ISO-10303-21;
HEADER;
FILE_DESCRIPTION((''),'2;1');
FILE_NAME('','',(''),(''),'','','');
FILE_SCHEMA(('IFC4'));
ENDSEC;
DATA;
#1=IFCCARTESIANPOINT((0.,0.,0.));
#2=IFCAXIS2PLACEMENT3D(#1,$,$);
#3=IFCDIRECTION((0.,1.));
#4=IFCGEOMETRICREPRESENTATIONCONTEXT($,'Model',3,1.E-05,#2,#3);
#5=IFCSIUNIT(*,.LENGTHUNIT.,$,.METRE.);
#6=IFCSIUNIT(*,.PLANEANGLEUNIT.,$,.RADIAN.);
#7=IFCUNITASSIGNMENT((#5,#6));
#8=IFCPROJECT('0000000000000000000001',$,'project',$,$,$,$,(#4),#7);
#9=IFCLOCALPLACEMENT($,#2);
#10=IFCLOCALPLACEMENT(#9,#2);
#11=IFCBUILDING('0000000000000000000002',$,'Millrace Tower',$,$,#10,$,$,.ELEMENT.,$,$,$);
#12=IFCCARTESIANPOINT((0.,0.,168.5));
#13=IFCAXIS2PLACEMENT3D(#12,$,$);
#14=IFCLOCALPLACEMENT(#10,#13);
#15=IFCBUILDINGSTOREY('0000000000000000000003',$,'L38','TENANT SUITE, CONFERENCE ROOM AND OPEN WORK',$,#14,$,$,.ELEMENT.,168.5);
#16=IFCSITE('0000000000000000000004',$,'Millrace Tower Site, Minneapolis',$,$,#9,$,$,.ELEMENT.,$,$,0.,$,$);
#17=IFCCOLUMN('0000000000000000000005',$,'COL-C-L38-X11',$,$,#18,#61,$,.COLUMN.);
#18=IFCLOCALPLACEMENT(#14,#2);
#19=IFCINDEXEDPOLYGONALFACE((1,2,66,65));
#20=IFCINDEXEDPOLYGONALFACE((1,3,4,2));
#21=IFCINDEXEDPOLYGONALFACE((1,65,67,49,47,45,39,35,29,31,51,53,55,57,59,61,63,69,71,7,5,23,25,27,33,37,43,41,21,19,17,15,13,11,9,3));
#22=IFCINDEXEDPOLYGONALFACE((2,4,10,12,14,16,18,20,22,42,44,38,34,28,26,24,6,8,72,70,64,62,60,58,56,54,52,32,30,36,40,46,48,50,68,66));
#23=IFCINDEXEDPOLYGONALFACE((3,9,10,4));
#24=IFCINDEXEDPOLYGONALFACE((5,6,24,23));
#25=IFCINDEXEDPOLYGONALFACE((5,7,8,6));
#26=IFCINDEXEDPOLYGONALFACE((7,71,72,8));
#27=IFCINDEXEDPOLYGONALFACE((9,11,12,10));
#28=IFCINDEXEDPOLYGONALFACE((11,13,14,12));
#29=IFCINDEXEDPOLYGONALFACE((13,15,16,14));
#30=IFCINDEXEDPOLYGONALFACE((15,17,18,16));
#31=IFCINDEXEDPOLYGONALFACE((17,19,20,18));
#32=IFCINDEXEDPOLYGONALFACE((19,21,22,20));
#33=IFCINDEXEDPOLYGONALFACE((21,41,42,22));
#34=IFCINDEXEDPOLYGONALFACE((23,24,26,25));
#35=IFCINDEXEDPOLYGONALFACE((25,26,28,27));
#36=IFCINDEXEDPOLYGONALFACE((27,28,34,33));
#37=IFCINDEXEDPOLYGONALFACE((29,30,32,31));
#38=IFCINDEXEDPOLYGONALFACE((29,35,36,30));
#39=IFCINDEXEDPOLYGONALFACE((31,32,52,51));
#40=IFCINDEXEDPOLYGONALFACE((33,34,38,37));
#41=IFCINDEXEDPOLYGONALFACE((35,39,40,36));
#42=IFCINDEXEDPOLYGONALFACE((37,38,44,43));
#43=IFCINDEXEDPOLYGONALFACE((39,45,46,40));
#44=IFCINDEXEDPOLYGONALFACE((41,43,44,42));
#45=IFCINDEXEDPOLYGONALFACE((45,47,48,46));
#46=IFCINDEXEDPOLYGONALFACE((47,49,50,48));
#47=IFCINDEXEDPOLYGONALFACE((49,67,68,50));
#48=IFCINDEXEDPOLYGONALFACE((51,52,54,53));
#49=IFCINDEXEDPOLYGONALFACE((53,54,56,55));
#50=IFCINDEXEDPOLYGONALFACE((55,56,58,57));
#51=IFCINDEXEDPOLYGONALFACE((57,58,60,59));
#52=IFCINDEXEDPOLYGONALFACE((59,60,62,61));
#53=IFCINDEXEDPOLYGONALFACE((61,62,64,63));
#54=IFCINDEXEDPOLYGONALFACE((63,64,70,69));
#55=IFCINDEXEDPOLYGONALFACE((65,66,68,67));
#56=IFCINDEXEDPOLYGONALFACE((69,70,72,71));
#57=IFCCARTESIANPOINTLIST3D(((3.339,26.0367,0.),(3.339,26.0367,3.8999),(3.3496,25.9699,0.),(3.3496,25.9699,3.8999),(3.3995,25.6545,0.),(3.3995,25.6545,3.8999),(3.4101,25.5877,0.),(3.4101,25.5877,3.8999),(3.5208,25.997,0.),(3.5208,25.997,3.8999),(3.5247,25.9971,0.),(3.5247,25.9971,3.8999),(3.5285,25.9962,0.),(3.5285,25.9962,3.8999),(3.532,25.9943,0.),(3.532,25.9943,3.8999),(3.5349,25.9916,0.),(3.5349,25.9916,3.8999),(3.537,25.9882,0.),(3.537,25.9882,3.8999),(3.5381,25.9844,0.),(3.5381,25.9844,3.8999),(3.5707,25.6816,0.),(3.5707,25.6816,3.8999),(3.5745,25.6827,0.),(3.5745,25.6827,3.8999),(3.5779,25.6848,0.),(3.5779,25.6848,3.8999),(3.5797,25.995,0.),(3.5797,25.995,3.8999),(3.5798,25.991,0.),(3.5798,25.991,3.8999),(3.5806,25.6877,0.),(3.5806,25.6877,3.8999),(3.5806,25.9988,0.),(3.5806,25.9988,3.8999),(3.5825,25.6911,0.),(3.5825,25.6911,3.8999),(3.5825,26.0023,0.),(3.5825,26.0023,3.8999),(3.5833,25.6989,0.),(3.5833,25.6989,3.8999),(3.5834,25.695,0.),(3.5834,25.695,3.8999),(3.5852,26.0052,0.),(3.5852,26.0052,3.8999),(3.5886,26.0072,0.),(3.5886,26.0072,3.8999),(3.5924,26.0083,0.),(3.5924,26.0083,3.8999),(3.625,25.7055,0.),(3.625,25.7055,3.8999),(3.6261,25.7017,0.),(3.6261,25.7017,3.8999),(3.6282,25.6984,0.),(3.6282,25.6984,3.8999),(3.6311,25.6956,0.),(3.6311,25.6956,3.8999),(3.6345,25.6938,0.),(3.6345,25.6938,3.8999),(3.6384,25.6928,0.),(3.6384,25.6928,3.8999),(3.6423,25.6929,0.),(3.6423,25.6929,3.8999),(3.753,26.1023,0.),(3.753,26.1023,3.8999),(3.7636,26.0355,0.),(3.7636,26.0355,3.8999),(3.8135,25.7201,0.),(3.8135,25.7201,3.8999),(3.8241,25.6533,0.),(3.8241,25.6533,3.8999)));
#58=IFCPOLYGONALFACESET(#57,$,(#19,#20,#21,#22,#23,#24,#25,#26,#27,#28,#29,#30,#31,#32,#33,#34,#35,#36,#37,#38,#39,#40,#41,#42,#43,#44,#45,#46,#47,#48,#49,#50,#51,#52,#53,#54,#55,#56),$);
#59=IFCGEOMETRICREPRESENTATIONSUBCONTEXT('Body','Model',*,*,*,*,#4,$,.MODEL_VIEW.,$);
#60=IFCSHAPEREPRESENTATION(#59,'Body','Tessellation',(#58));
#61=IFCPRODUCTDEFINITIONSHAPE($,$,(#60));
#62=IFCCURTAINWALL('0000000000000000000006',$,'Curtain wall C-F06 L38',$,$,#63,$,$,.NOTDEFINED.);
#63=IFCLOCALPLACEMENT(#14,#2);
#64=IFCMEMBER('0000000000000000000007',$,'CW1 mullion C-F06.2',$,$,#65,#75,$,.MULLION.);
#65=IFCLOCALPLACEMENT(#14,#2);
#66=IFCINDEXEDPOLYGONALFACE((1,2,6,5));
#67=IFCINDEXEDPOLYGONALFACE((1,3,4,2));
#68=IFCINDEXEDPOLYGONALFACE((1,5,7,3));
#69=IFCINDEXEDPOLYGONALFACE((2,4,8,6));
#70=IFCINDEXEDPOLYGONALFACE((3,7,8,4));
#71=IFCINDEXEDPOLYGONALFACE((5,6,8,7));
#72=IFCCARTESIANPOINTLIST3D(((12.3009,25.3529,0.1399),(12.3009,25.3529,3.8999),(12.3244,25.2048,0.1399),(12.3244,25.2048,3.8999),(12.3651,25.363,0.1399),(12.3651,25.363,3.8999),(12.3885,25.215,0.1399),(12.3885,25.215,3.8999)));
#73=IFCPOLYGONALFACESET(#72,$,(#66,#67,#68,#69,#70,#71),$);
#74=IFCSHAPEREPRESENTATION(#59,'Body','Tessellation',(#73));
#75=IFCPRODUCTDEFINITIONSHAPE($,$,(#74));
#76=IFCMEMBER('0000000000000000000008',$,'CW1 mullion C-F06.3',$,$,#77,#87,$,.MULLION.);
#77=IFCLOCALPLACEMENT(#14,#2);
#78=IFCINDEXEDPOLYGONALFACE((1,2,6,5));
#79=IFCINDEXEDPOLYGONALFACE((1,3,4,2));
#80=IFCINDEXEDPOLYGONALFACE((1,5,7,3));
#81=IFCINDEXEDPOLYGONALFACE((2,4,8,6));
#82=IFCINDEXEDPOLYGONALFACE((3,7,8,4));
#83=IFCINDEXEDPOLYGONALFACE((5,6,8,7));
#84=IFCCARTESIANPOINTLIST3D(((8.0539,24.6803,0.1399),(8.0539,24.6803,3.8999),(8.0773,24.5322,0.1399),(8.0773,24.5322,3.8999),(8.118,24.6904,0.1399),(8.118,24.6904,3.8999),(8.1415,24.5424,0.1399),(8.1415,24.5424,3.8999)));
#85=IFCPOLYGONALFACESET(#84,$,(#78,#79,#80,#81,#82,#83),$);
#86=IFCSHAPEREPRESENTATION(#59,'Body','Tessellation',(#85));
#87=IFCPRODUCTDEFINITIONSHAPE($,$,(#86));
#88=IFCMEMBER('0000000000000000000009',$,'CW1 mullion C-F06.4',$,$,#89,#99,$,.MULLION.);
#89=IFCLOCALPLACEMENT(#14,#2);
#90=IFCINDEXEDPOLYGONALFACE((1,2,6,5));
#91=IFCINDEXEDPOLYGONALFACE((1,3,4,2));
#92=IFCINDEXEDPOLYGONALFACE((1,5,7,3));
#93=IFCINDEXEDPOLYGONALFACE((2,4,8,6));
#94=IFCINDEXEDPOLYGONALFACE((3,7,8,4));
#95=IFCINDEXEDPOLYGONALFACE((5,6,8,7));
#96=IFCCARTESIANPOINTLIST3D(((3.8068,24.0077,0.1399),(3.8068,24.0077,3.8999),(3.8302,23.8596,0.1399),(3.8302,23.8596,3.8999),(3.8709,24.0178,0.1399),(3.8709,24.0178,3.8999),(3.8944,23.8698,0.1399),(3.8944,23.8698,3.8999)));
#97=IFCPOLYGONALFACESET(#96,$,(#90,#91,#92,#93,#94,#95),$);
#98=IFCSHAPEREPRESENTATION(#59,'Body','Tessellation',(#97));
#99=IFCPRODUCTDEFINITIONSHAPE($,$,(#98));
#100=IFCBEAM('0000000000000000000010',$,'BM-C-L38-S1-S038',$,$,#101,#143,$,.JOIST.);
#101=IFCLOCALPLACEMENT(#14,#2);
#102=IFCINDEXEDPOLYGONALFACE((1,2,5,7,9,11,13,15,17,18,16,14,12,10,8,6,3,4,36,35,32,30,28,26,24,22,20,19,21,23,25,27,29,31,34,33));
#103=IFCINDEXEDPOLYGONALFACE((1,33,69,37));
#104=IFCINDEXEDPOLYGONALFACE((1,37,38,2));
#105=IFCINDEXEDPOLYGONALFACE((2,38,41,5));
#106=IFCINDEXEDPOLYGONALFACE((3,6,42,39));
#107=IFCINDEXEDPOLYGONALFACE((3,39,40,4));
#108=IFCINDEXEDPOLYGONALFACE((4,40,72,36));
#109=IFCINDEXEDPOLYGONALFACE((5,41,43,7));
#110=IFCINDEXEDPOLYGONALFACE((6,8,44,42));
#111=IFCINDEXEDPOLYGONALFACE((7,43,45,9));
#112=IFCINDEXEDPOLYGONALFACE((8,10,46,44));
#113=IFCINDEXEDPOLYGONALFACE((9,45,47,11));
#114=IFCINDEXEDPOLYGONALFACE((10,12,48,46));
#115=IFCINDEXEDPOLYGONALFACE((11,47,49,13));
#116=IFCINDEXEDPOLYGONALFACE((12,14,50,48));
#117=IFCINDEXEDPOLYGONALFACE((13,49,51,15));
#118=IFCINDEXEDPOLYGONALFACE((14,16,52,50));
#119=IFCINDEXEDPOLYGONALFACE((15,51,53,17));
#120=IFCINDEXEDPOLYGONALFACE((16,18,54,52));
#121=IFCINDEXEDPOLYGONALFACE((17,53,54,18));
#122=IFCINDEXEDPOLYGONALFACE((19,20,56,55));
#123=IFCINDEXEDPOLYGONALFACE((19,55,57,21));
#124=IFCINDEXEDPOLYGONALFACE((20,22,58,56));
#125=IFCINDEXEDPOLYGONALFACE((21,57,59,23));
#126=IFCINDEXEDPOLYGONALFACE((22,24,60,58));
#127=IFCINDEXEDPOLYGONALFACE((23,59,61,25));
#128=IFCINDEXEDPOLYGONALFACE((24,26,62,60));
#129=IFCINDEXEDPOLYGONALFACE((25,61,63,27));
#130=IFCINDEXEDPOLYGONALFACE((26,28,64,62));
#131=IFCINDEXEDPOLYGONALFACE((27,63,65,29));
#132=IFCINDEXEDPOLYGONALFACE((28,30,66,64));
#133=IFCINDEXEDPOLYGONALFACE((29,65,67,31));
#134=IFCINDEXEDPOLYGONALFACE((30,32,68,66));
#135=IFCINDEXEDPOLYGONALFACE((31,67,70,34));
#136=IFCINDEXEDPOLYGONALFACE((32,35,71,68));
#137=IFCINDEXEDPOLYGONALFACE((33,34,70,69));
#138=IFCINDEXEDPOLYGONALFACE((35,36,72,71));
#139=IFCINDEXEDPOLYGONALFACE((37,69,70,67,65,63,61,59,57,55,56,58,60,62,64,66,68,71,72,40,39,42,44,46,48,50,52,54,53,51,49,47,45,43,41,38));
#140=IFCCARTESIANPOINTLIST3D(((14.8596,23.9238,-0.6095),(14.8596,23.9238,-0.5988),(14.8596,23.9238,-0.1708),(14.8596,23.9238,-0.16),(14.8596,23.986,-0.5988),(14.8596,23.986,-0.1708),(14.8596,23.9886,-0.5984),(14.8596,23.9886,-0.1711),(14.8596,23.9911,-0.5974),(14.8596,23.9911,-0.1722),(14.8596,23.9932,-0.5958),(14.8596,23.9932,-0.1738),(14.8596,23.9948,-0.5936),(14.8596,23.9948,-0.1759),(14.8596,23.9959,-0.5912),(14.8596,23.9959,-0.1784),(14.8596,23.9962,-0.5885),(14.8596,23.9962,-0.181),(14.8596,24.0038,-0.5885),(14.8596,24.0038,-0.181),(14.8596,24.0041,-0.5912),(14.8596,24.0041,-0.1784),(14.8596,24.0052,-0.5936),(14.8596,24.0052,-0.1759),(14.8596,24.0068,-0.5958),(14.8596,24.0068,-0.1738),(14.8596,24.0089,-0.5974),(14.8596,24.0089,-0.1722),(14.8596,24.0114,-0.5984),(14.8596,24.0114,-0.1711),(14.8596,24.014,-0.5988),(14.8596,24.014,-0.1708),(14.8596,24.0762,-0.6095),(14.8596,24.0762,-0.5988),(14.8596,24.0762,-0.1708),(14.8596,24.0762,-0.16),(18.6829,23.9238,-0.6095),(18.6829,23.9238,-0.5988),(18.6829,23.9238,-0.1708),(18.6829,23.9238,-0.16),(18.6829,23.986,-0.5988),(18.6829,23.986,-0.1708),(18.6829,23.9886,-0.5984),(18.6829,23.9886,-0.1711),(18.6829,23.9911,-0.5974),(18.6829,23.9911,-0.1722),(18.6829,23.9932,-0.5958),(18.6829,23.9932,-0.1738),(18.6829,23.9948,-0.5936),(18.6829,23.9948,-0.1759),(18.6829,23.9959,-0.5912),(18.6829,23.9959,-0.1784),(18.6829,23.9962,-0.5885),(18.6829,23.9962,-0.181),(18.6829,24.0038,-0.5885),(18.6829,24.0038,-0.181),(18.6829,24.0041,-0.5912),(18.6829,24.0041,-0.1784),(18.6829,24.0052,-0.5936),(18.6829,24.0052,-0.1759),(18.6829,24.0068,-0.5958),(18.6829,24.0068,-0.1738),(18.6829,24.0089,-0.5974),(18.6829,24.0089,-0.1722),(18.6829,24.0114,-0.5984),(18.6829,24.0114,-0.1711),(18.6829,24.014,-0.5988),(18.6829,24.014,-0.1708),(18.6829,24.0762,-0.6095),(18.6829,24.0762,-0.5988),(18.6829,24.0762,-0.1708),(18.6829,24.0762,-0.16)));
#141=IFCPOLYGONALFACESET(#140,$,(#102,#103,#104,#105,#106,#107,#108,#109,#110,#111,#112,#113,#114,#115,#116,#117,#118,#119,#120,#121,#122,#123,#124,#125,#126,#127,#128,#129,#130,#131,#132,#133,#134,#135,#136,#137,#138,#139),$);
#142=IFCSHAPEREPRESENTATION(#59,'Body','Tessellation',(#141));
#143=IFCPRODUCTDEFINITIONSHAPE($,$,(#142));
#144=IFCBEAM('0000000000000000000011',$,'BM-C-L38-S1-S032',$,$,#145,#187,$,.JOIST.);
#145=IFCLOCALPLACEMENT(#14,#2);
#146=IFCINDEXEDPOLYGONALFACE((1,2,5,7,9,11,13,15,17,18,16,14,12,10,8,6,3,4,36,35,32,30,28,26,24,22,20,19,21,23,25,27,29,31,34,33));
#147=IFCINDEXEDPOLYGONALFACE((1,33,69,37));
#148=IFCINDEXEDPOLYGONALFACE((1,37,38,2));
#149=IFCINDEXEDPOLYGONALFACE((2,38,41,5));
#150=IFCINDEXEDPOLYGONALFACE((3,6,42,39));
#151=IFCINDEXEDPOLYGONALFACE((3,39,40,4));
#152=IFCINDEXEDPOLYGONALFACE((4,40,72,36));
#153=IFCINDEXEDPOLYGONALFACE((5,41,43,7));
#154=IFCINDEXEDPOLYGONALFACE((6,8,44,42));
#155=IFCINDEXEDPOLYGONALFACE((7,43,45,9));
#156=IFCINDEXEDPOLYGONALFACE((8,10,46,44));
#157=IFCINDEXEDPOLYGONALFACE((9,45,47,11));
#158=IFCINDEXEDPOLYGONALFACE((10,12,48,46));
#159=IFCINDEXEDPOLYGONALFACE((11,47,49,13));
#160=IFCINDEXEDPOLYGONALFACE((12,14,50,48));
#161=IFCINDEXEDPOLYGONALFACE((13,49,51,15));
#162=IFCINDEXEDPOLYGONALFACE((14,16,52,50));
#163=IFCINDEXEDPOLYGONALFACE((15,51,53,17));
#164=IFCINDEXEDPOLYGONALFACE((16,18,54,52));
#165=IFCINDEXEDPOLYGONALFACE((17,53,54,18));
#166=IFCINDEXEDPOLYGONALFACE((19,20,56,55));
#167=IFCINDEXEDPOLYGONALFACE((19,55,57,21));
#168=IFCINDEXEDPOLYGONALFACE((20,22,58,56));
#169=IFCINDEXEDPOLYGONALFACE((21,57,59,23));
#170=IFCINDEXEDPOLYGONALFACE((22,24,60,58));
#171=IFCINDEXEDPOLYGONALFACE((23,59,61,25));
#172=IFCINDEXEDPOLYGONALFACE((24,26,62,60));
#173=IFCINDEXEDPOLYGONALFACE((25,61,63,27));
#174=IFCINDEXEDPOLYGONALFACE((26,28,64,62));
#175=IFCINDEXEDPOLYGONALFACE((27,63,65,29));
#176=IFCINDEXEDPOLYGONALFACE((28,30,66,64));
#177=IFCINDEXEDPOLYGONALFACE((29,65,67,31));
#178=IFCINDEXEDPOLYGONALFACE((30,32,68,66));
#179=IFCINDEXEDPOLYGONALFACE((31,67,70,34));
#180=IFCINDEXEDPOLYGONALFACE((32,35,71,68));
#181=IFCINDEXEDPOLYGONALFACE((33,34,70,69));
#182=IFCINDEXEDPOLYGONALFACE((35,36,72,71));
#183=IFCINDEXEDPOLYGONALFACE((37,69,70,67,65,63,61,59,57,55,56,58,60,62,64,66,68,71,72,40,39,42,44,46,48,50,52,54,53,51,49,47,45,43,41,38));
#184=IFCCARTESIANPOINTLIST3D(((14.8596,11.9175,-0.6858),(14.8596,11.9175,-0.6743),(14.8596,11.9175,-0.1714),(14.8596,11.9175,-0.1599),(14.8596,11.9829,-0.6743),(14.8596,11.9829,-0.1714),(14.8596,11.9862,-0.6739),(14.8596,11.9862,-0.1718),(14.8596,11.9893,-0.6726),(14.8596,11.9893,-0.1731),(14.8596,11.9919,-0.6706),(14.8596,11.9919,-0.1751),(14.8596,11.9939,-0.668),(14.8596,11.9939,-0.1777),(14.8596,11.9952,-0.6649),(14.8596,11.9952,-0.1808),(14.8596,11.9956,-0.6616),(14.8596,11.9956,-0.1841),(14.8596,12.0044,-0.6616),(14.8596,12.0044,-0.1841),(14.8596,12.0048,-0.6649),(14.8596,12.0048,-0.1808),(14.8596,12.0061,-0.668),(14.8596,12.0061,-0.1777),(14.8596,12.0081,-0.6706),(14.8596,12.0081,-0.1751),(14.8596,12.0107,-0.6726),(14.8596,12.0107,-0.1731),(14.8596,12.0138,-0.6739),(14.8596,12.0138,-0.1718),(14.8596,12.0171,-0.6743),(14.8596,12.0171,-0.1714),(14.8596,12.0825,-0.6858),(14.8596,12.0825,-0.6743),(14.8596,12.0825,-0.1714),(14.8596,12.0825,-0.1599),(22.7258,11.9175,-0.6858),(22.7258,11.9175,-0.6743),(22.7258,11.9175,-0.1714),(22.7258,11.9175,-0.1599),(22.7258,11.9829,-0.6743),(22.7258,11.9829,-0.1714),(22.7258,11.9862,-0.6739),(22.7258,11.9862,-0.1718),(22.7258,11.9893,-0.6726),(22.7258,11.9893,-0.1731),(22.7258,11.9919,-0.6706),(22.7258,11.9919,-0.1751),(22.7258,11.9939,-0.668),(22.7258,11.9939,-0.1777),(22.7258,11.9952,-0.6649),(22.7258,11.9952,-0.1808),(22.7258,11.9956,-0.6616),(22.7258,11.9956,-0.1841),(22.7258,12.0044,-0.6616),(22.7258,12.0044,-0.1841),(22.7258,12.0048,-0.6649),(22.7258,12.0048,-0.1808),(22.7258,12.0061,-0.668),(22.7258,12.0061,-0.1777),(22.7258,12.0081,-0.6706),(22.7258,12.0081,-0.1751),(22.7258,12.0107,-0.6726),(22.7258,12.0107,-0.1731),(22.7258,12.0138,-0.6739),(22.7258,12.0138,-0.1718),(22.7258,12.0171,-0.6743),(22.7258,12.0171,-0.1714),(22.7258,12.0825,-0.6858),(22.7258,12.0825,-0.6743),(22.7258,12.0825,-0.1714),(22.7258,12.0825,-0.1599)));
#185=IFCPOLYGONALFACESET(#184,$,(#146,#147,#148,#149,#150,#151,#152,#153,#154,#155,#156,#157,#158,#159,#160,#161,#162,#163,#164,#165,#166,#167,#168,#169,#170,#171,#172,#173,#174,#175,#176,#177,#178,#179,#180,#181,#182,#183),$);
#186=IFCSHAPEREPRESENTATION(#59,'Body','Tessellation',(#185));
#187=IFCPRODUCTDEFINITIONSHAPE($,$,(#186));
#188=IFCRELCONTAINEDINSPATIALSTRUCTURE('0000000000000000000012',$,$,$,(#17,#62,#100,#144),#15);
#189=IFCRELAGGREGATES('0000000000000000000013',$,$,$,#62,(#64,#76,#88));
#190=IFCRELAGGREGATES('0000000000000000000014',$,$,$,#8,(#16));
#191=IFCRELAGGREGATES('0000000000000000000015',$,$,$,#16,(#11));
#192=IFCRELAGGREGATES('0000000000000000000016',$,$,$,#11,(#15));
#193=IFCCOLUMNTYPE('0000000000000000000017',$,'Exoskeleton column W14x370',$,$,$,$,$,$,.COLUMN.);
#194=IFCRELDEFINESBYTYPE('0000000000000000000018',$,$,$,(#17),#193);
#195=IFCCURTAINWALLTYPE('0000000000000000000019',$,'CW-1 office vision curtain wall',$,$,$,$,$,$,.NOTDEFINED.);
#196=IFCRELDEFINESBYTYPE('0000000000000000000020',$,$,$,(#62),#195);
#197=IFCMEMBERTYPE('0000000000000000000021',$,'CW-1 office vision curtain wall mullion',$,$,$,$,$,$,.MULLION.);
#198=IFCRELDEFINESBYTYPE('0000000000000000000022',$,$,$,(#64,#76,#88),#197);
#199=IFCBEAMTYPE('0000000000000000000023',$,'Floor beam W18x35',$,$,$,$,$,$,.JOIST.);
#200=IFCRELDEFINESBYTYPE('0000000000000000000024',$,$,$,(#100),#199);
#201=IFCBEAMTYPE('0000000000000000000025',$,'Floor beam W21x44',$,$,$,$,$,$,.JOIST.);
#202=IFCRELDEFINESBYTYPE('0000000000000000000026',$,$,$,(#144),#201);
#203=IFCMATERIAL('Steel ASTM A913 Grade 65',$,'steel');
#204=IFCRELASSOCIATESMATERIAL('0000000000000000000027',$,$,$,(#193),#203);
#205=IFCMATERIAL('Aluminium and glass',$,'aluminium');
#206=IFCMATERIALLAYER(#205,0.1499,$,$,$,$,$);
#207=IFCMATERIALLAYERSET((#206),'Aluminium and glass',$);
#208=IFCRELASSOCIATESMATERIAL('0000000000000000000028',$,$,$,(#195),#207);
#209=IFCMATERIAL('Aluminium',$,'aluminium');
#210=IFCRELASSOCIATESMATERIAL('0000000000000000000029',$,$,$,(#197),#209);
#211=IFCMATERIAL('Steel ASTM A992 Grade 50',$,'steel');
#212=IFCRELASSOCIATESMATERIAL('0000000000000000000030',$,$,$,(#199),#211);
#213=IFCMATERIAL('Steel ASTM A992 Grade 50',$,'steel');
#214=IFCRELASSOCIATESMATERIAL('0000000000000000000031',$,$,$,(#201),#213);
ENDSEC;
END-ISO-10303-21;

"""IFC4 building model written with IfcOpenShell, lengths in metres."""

from ifc_helpers import new_model, si_unit, direction, frame, origin, origin_2d, place, context, subcontext, project, spatial, rectangle, i_section, extrude, material, layer, layer_set, material_profile, profile_set, type_object, element, aggregate, save


model = new_model("IFC4")

# Units and contexts
model_context = context("Model", 3, precision=1e-05, world=origin(), true_north=direction((0.0, 1.0)))
body_context = subcontext(model_context, "Body", "Model", "MODEL_VIEW")
ifc_project = project(units=[si_unit("LENGTHUNIT", "METRE"), si_unit("PLANEANGLEUNIT", "RADIAN")], contexts=[model_context])

# Site, building, storey
site_placement = place(None, origin())
site = spatial("IfcSite", under=ifc_project, at=site_placement, Name="Millrace Tower Site, Minneapolis", CompositionType="ELEMENT", RefElevation=0.0)
building_placement = place(site_placement, origin())
building = spatial("IfcBuilding", under=site, at=building_placement, Name="Millrace Tower", CompositionType="ELEMENT")
storey_placement = place(building_placement, frame((0.0, 0.0, 168.5)))
storey = spatial("IfcBuildingStorey", under=building, at=storey_placement, Name="L38", Description="TENANT SUITE, CONFERENCE ROOM AND OPEN WORK", CompositionType="ELEMENT", Elevation=168.5)

# Column
ifc_material_1 = material(Name="Steel ASTM A913 Grade 65", Category="steel")
ifc_material_profile_1 = material_profile(ifc_material_1, i_section(OverallWidth=0.4192, OverallDepth=0.4546, WebThickness=0.0422, FlangeThickness=0.0676, FilletRadius=0.0151, at=origin_2d()))
ifc_profile_set_1 = profile_set([ifc_material_profile_1], Name="Steel ASTM A913 Grade 65")
column_type = type_object("IfcColumnType", Name="Exoskeleton column W14x370", PredefinedType="COLUMN", material=ifc_profile_set_1)
column_placement = place(storey_placement, frame((3.5815, 25.845, 0.0), z_axis=(0.0, 0.0, 1.0), x_axis=(-0.987688, -0.156434, 0.0)))
element("IfcColumn", 1, at=column_placement, inside=storey, type_object=column_type, Name="COL-C-L38-X11", PredefinedType="COLUMN", context=body_context, shape_type="SweptSolid", body=[
    extrude(i_section(OverallWidth=0.4192, OverallDepth=0.4546, WebThickness=0.0422, FlangeThickness=0.0676, FilletRadius=0.0151, at=origin_2d()), origin(), (0.0, 0.0, 1.0), 3.8999),
])

# Curtain wall, members
ifc_material_2 = material(Name="Aluminium and glass", Category="aluminium")
ifc_layer_1 = layer(ifc_material_2, 0.1499)
ifc_layer_set_1 = layer_set([ifc_layer_1], Name="Aluminium and glass")
curtain_wall_type = type_object("IfcCurtainWallType", Name="CW-1 office vision curtain wall", PredefinedType="NOTDEFINED", material=ifc_layer_set_1)
curtain_wall_placement = place(storey_placement, origin())
curtain_wall = element("IfcCurtainWall", 2, at=curtain_wall_placement, inside=storey, type_object=curtain_wall_type, Name="Curtain wall C-F06 L38", PredefinedType="NOTDEFINED")
ifc_material_3 = material(Name="Aluminium", Category="aluminium")
ifc_material_profile_2 = material_profile(ifc_material_3, rectangle(XDim=0.0649, YDim=0.1499, at=origin_2d()))
ifc_profile_set_2 = profile_set([ifc_material_profile_2], Name="Aluminium")
member_type = type_object("IfcMemberType", Name="CW-1 office vision curtain wall mullion", PredefinedType="MULLION", material=ifc_profile_set_2)
member_1_placement = place(storey_placement, frame((12.3447, 25.2839, 0.1399), z_axis=(0.0, 0.0, 1.0), x_axis=(-0.987688, -0.156434, 0.0)))
member_1 = element("IfcMember", 3, at=member_1_placement, type_object=member_type, Name="CW1 mullion C-F06.2", PredefinedType="MULLION", context=body_context, shape_type="SweptSolid", body=[
    extrude(rectangle(XDim=0.0649, YDim=0.1499, at=origin_2d()), origin(), (0.0, 0.0, 1.0), 3.76),
])
member_2_placement = place(storey_placement, frame((8.0977, 24.6113, 0.1399), z_axis=(0.0, 0.0, 1.0), x_axis=(-0.987688, -0.156434, 0.0)))
member_2 = element("IfcMember", 4, at=member_2_placement, type_object=member_type, Name="CW1 mullion C-F06.3", PredefinedType="MULLION", context=body_context, shape_type="SweptSolid", body=[
    extrude(rectangle(XDim=0.0649, YDim=0.1499, at=origin_2d()), origin(), (0.0, 0.0, 1.0), 3.76),
])
member_3_placement = place(storey_placement, frame((3.8506, 23.9387, 0.1399), z_axis=(0.0, 0.0, 1.0), x_axis=(-0.987688, -0.156434, 0.0)))
member_3 = element("IfcMember", 5, at=member_3_placement, type_object=member_type, Name="CW1 mullion C-F06.4", PredefinedType="MULLION", context=body_context, shape_type="SweptSolid", body=[
    extrude(rectangle(XDim=0.0649, YDim=0.1499, at=origin_2d()), origin(), (0.0, 0.0, 1.0), 3.76),
])
aggregate(curtain_wall, [member_1, member_2, member_3])

# Beams
ifc_material_4 = material(Name="Steel ASTM A992 Grade 50", Category="steel")
ifc_material_profile_3 = material_profile(ifc_material_4, i_section(OverallWidth=0.1523, OverallDepth=0.4495, WebThickness=0.0076, FlangeThickness=0.0107, FilletRadius=0.0103, at=origin_2d()))
ifc_profile_set_3 = profile_set([ifc_material_profile_3], Name="Steel ASTM A992 Grade 50")
beam_type_1 = type_object("IfcBeamType", Name="Floor beam W18x35", PredefinedType="JOIST", material=ifc_profile_set_3)
beam_1_placement = place(storey_placement, frame((14.8596, 24.0, -0.3848), z_axis=(1.0, 0.0, 0.0), x_axis=(0.0, 1.0, 0.0)))
element("IfcBeam", 6, at=beam_1_placement, inside=storey, type_object=beam_type_1, Name="BM-C-L38-S1-S038", PredefinedType="JOIST", context=body_context, shape_type="SweptSolid", body=[
    extrude(i_section(OverallWidth=0.1523, OverallDepth=0.4495, WebThickness=0.0076, FlangeThickness=0.0107, FilletRadius=0.0103, at=origin_2d()), origin(), (0.0, 0.0, 1.0), 3.8232),
])
ifc_material_5 = material(Name="Steel ASTM A992 Grade 50", Category="steel")
ifc_material_profile_4 = material_profile(ifc_material_5, i_section(OverallWidth=0.165, OverallDepth=0.5259, WebThickness=0.0088, FlangeThickness=0.0115, FilletRadius=0.0127, at=origin_2d()))
ifc_profile_set_4 = profile_set([ifc_material_profile_4], Name="Steel ASTM A992 Grade 50")
beam_type_2 = type_object("IfcBeamType", Name="Floor beam W21x44", PredefinedType="JOIST", material=ifc_profile_set_4)
beam_2_placement = place(storey_placement, frame((14.8596, 12.0, -0.4229), z_axis=(1.0, 0.0, 0.0), x_axis=(0.0, 1.0, 0.0)))
element("IfcBeam", 7, at=beam_2_placement, inside=storey, type_object=beam_type_2, Name="BM-C-L38-S1-S032", PredefinedType="JOIST", context=body_context, shape_type="SweptSolid", body=[
    extrude(i_section(OverallWidth=0.165, OverallDepth=0.5259, WebThickness=0.0088, FlangeThickness=0.0115, FilletRadius=0.0127, at=origin_2d()), origin(), (0.0, 0.0, 1.0), 7.8662),
])

save(model, "model.ifc")
